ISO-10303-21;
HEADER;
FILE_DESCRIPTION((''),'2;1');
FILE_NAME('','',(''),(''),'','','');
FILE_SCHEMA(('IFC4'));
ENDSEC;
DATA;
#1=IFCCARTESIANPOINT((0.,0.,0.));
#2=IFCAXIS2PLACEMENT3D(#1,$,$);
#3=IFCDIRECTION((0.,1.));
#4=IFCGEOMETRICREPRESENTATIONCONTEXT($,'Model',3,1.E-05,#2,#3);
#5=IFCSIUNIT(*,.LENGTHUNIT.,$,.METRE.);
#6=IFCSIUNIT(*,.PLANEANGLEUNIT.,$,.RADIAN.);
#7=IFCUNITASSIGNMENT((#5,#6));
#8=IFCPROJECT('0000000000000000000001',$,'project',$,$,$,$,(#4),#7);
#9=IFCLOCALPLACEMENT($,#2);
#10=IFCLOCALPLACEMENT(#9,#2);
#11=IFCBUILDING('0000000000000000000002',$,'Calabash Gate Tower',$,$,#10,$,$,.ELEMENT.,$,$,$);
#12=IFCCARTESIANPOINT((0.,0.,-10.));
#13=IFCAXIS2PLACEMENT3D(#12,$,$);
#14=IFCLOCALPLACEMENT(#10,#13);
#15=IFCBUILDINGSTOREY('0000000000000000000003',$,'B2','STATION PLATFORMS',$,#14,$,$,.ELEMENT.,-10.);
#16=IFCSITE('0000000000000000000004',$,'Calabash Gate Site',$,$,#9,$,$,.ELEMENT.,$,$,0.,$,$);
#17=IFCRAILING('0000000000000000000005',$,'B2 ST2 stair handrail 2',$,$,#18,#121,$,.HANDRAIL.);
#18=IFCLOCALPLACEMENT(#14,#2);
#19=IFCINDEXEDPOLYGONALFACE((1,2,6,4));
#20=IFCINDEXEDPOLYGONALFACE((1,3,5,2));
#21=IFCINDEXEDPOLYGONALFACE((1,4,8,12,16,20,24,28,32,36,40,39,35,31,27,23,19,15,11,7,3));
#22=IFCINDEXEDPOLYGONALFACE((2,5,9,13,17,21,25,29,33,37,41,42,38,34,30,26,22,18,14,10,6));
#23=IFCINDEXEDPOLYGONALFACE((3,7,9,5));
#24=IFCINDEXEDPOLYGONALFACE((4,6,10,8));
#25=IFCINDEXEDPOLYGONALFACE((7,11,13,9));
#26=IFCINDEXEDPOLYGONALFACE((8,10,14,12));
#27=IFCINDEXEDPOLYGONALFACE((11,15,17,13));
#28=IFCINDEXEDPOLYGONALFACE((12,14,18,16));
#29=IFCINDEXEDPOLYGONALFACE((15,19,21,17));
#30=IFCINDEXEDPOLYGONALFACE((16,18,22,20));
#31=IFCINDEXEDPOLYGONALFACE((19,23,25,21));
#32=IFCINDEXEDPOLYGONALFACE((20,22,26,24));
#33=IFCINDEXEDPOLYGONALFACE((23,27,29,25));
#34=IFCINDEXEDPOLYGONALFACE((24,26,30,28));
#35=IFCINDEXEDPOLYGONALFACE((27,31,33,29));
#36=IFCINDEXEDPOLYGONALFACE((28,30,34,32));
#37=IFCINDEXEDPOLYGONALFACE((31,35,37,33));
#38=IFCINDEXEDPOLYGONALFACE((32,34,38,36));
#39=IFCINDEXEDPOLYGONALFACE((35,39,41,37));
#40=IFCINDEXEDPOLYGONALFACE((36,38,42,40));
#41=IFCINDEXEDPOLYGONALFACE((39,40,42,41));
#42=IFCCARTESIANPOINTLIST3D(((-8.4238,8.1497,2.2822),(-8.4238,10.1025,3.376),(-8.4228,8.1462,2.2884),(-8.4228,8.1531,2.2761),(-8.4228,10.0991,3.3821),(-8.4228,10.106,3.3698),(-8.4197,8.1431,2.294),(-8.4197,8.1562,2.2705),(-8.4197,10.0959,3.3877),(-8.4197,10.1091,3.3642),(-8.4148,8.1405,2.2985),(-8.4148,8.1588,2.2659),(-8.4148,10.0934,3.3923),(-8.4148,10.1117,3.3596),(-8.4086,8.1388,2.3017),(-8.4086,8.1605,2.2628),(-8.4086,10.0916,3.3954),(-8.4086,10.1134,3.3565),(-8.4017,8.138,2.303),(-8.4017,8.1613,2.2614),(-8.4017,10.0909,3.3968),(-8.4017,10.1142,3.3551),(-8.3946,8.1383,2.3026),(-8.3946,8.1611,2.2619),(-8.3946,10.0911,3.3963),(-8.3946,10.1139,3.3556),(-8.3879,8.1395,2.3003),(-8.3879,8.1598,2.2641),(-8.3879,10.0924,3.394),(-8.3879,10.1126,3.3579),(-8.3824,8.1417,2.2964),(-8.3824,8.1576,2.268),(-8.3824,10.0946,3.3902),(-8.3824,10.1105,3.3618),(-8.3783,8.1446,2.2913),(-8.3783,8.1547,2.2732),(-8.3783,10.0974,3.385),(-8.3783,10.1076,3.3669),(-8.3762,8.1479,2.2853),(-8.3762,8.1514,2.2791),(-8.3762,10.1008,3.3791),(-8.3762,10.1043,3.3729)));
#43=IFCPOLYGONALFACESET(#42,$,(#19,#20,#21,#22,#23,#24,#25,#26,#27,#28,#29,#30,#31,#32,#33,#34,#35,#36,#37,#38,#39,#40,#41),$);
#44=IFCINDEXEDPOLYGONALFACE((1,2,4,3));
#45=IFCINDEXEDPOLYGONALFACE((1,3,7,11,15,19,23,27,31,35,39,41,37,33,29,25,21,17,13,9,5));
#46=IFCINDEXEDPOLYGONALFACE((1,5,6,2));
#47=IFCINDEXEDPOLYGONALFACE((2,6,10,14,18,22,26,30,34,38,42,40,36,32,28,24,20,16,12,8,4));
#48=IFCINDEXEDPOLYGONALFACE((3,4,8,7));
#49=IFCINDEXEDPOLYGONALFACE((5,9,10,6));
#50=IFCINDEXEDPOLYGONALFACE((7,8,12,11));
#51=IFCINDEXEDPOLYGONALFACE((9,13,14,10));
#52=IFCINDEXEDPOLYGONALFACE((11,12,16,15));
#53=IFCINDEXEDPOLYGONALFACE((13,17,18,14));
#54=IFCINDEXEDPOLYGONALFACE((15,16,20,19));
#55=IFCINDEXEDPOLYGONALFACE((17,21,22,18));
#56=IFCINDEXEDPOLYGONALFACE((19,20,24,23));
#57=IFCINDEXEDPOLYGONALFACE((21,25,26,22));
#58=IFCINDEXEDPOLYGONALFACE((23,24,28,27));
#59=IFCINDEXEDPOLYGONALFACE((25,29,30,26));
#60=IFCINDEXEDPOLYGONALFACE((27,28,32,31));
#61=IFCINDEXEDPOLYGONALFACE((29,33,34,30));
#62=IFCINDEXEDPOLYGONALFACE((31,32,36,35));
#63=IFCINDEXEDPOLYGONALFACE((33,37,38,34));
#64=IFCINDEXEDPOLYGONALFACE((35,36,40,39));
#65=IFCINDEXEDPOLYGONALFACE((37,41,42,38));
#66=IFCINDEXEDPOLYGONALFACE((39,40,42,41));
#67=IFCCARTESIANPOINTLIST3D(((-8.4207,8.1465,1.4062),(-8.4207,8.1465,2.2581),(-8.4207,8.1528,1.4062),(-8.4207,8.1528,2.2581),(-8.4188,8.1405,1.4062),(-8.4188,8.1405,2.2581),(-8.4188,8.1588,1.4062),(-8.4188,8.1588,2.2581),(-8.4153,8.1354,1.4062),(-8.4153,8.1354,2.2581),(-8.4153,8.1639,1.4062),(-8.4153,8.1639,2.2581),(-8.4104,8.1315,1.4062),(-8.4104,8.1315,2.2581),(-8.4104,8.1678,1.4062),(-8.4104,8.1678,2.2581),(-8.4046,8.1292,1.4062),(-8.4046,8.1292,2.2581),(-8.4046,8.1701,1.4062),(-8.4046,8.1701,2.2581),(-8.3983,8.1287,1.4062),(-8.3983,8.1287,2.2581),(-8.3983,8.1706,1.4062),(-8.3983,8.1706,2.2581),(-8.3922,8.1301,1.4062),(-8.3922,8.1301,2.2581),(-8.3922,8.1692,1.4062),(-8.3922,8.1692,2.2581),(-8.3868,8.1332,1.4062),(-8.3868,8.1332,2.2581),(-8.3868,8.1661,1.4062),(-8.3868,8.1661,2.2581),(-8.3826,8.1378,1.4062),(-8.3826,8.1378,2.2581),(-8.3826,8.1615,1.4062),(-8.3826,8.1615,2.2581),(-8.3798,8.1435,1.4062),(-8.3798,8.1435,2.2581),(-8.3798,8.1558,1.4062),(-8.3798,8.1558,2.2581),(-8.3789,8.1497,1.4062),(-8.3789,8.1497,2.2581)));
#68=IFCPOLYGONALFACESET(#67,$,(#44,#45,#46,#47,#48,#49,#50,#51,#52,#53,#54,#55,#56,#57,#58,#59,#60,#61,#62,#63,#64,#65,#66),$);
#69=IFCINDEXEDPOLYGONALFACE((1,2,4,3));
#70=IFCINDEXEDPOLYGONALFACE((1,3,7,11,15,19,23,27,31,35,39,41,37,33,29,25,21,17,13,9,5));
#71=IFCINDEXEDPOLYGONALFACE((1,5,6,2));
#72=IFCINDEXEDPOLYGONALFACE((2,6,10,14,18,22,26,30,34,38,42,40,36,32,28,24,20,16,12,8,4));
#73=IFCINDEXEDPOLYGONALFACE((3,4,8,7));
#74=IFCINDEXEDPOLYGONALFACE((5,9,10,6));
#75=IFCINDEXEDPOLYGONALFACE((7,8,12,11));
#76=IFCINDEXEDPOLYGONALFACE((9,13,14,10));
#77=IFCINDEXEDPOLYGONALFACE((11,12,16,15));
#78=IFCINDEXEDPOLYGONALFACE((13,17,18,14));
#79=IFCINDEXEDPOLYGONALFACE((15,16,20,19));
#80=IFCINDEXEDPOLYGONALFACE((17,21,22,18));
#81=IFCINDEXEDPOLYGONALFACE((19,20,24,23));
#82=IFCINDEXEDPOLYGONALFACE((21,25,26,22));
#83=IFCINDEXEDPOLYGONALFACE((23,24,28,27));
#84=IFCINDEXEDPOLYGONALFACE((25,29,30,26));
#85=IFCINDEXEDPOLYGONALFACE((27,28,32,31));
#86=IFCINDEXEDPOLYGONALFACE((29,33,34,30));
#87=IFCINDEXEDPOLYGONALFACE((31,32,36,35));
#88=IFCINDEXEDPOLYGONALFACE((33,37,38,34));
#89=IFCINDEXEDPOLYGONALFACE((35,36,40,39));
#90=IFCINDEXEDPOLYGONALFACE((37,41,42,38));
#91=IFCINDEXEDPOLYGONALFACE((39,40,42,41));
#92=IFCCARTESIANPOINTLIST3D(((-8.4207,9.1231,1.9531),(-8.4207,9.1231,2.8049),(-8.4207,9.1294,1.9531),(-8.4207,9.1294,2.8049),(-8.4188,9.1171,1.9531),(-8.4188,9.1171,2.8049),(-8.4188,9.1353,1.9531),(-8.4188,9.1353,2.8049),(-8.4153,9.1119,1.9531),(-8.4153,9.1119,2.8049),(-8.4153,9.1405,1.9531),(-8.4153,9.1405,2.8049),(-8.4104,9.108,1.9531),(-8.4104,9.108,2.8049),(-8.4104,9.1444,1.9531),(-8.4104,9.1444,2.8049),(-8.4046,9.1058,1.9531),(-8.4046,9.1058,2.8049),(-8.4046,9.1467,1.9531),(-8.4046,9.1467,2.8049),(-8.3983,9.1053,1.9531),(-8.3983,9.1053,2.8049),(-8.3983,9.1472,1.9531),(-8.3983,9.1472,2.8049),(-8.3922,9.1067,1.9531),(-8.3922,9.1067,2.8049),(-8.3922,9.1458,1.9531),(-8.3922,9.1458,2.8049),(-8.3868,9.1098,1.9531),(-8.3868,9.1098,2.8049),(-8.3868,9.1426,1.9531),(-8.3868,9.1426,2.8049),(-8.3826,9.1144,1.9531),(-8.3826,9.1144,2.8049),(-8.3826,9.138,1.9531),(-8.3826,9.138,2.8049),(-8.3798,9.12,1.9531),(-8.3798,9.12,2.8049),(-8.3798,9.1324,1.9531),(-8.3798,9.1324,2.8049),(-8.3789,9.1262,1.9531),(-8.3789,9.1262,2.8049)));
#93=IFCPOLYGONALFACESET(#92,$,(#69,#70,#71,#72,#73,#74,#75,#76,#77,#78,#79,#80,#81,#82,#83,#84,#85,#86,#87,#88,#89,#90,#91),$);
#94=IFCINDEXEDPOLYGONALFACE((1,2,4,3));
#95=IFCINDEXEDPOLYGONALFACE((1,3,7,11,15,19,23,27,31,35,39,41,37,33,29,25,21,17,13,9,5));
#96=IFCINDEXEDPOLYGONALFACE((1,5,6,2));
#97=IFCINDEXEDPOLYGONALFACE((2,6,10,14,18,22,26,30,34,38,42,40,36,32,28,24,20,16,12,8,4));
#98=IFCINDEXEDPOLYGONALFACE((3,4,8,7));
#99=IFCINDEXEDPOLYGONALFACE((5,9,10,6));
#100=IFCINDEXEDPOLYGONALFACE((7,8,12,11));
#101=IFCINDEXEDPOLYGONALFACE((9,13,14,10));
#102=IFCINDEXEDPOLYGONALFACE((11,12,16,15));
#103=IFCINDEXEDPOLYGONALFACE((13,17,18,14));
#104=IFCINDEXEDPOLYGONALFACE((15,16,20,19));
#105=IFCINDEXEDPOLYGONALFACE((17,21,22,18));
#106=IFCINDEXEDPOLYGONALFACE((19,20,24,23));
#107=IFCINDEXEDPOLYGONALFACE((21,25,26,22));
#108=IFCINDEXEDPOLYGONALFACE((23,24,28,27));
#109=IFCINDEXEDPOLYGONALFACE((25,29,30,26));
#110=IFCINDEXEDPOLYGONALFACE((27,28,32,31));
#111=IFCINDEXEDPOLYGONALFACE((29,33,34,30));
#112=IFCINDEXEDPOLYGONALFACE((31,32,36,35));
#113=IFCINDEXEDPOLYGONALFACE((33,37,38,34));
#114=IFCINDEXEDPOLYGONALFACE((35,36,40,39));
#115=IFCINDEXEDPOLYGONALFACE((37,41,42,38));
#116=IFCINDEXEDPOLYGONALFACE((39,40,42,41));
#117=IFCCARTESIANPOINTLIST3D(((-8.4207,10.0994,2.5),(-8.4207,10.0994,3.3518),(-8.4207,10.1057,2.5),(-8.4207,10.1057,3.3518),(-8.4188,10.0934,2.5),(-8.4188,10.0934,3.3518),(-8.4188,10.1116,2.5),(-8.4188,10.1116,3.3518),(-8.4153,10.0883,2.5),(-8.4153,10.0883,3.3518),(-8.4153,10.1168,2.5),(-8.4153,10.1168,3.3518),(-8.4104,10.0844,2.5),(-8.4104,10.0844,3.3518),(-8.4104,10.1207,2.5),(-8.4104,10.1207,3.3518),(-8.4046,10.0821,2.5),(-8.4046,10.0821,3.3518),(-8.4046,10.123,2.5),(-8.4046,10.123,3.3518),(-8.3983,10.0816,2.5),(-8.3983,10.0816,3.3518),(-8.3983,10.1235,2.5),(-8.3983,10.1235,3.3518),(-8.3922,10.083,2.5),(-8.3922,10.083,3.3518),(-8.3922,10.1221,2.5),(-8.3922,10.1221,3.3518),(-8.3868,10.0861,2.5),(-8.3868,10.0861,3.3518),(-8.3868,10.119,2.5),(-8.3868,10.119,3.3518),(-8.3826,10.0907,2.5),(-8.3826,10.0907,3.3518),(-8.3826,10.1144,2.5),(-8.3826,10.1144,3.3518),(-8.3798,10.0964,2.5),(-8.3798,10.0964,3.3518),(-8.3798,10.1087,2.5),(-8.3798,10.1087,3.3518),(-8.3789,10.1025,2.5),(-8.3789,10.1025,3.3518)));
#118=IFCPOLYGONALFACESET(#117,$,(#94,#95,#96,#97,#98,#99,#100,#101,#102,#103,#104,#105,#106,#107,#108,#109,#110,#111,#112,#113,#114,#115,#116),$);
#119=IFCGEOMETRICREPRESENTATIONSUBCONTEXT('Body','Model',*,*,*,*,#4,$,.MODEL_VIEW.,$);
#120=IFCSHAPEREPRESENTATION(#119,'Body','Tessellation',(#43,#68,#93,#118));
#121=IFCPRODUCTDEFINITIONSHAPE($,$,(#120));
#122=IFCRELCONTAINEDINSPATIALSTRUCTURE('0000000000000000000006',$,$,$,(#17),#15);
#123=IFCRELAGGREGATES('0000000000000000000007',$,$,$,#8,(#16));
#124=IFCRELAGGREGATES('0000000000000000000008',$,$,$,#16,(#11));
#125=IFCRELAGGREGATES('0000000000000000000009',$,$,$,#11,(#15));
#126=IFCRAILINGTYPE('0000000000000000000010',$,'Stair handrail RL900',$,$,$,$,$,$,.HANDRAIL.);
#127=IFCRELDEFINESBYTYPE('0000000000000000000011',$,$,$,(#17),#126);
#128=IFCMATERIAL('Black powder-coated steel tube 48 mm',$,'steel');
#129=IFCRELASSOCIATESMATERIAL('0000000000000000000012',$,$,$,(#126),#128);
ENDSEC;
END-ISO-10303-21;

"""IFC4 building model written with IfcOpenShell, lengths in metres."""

from ifc_helpers import new_model, si_unit, direction, frame, origin, origin_2d, place, context, subcontext, project, spatial, circle, extrude, material, type_object, element, save


model = new_model("IFC4")

# Units and contexts
model_context = context("Model", 3, precision=1e-05, world=origin(), true_north=direction((0.0, 1.0)))
body_context = subcontext(model_context, "Body", "Model", "MODEL_VIEW")
ifc_project = project(units=[si_unit("LENGTHUNIT", "METRE"), si_unit("PLANEANGLEUNIT", "RADIAN")], contexts=[model_context])

# Site, building, storey
site_placement = place(None, origin())
site = spatial("IfcSite", under=ifc_project, at=site_placement, Name="Calabash Gate Site", CompositionType="ELEMENT", RefElevation=0.0)
building_placement = place(site_placement, origin())
building = spatial("IfcBuilding", under=site, at=building_placement, Name="Calabash Gate Tower", CompositionType="ELEMENT")
storey_placement = place(building_placement, frame((0.0, 0.0, -10.0)))
storey = spatial("IfcBuildingStorey", under=building, at=storey_placement, Name="B2", Description="STATION PLATFORMS", CompositionType="ELEMENT", Elevation=-10.0)

# Railing
ifc_material_1 = material(Name="Black powder-coated steel tube 48 mm", Category="steel")
railing_type = type_object("IfcRailingType", Name="Stair handrail RL900", PredefinedType="HANDRAIL", material=ifc_material_1)
railing_1_placement = place(storey_placement, frame((-8.3999, 8.1497, 1.4062)))
element("IfcRailing", 1, at=railing_1_placement, inside=storey, type_object=railing_type, Name="B2 ST2 stair handrail 2", PredefinedType="HANDRAIL", context=body_context, shape_type="SweptSolid", body=[
    extrude(circle(Radius=0.0239, at=origin_2d()), frame((0.0, 0.0, 0.876), z_axis=(0.0, 0.87248, 0.48865), x_axis=(-1.0, 0.0, 0.0)), (0.0, 0.0, 1.0), 2.2383),
    extrude(circle(Radius=0.021, at=origin_2d()), origin(), (0.0, 0.0, 1.0), 0.8518),
    extrude(circle(Radius=0.021, at=origin_2d()), frame((0.0, 0.9766, 0.5469)), (0.0, 0.0, 1.0), 0.8518),
    extrude(circle(Radius=0.021, at=origin_2d()), frame((0.0, 1.9529, 1.0938)), (0.0, 0.0, 1.0), 0.8518),
])

save(model, "model.ifc")
